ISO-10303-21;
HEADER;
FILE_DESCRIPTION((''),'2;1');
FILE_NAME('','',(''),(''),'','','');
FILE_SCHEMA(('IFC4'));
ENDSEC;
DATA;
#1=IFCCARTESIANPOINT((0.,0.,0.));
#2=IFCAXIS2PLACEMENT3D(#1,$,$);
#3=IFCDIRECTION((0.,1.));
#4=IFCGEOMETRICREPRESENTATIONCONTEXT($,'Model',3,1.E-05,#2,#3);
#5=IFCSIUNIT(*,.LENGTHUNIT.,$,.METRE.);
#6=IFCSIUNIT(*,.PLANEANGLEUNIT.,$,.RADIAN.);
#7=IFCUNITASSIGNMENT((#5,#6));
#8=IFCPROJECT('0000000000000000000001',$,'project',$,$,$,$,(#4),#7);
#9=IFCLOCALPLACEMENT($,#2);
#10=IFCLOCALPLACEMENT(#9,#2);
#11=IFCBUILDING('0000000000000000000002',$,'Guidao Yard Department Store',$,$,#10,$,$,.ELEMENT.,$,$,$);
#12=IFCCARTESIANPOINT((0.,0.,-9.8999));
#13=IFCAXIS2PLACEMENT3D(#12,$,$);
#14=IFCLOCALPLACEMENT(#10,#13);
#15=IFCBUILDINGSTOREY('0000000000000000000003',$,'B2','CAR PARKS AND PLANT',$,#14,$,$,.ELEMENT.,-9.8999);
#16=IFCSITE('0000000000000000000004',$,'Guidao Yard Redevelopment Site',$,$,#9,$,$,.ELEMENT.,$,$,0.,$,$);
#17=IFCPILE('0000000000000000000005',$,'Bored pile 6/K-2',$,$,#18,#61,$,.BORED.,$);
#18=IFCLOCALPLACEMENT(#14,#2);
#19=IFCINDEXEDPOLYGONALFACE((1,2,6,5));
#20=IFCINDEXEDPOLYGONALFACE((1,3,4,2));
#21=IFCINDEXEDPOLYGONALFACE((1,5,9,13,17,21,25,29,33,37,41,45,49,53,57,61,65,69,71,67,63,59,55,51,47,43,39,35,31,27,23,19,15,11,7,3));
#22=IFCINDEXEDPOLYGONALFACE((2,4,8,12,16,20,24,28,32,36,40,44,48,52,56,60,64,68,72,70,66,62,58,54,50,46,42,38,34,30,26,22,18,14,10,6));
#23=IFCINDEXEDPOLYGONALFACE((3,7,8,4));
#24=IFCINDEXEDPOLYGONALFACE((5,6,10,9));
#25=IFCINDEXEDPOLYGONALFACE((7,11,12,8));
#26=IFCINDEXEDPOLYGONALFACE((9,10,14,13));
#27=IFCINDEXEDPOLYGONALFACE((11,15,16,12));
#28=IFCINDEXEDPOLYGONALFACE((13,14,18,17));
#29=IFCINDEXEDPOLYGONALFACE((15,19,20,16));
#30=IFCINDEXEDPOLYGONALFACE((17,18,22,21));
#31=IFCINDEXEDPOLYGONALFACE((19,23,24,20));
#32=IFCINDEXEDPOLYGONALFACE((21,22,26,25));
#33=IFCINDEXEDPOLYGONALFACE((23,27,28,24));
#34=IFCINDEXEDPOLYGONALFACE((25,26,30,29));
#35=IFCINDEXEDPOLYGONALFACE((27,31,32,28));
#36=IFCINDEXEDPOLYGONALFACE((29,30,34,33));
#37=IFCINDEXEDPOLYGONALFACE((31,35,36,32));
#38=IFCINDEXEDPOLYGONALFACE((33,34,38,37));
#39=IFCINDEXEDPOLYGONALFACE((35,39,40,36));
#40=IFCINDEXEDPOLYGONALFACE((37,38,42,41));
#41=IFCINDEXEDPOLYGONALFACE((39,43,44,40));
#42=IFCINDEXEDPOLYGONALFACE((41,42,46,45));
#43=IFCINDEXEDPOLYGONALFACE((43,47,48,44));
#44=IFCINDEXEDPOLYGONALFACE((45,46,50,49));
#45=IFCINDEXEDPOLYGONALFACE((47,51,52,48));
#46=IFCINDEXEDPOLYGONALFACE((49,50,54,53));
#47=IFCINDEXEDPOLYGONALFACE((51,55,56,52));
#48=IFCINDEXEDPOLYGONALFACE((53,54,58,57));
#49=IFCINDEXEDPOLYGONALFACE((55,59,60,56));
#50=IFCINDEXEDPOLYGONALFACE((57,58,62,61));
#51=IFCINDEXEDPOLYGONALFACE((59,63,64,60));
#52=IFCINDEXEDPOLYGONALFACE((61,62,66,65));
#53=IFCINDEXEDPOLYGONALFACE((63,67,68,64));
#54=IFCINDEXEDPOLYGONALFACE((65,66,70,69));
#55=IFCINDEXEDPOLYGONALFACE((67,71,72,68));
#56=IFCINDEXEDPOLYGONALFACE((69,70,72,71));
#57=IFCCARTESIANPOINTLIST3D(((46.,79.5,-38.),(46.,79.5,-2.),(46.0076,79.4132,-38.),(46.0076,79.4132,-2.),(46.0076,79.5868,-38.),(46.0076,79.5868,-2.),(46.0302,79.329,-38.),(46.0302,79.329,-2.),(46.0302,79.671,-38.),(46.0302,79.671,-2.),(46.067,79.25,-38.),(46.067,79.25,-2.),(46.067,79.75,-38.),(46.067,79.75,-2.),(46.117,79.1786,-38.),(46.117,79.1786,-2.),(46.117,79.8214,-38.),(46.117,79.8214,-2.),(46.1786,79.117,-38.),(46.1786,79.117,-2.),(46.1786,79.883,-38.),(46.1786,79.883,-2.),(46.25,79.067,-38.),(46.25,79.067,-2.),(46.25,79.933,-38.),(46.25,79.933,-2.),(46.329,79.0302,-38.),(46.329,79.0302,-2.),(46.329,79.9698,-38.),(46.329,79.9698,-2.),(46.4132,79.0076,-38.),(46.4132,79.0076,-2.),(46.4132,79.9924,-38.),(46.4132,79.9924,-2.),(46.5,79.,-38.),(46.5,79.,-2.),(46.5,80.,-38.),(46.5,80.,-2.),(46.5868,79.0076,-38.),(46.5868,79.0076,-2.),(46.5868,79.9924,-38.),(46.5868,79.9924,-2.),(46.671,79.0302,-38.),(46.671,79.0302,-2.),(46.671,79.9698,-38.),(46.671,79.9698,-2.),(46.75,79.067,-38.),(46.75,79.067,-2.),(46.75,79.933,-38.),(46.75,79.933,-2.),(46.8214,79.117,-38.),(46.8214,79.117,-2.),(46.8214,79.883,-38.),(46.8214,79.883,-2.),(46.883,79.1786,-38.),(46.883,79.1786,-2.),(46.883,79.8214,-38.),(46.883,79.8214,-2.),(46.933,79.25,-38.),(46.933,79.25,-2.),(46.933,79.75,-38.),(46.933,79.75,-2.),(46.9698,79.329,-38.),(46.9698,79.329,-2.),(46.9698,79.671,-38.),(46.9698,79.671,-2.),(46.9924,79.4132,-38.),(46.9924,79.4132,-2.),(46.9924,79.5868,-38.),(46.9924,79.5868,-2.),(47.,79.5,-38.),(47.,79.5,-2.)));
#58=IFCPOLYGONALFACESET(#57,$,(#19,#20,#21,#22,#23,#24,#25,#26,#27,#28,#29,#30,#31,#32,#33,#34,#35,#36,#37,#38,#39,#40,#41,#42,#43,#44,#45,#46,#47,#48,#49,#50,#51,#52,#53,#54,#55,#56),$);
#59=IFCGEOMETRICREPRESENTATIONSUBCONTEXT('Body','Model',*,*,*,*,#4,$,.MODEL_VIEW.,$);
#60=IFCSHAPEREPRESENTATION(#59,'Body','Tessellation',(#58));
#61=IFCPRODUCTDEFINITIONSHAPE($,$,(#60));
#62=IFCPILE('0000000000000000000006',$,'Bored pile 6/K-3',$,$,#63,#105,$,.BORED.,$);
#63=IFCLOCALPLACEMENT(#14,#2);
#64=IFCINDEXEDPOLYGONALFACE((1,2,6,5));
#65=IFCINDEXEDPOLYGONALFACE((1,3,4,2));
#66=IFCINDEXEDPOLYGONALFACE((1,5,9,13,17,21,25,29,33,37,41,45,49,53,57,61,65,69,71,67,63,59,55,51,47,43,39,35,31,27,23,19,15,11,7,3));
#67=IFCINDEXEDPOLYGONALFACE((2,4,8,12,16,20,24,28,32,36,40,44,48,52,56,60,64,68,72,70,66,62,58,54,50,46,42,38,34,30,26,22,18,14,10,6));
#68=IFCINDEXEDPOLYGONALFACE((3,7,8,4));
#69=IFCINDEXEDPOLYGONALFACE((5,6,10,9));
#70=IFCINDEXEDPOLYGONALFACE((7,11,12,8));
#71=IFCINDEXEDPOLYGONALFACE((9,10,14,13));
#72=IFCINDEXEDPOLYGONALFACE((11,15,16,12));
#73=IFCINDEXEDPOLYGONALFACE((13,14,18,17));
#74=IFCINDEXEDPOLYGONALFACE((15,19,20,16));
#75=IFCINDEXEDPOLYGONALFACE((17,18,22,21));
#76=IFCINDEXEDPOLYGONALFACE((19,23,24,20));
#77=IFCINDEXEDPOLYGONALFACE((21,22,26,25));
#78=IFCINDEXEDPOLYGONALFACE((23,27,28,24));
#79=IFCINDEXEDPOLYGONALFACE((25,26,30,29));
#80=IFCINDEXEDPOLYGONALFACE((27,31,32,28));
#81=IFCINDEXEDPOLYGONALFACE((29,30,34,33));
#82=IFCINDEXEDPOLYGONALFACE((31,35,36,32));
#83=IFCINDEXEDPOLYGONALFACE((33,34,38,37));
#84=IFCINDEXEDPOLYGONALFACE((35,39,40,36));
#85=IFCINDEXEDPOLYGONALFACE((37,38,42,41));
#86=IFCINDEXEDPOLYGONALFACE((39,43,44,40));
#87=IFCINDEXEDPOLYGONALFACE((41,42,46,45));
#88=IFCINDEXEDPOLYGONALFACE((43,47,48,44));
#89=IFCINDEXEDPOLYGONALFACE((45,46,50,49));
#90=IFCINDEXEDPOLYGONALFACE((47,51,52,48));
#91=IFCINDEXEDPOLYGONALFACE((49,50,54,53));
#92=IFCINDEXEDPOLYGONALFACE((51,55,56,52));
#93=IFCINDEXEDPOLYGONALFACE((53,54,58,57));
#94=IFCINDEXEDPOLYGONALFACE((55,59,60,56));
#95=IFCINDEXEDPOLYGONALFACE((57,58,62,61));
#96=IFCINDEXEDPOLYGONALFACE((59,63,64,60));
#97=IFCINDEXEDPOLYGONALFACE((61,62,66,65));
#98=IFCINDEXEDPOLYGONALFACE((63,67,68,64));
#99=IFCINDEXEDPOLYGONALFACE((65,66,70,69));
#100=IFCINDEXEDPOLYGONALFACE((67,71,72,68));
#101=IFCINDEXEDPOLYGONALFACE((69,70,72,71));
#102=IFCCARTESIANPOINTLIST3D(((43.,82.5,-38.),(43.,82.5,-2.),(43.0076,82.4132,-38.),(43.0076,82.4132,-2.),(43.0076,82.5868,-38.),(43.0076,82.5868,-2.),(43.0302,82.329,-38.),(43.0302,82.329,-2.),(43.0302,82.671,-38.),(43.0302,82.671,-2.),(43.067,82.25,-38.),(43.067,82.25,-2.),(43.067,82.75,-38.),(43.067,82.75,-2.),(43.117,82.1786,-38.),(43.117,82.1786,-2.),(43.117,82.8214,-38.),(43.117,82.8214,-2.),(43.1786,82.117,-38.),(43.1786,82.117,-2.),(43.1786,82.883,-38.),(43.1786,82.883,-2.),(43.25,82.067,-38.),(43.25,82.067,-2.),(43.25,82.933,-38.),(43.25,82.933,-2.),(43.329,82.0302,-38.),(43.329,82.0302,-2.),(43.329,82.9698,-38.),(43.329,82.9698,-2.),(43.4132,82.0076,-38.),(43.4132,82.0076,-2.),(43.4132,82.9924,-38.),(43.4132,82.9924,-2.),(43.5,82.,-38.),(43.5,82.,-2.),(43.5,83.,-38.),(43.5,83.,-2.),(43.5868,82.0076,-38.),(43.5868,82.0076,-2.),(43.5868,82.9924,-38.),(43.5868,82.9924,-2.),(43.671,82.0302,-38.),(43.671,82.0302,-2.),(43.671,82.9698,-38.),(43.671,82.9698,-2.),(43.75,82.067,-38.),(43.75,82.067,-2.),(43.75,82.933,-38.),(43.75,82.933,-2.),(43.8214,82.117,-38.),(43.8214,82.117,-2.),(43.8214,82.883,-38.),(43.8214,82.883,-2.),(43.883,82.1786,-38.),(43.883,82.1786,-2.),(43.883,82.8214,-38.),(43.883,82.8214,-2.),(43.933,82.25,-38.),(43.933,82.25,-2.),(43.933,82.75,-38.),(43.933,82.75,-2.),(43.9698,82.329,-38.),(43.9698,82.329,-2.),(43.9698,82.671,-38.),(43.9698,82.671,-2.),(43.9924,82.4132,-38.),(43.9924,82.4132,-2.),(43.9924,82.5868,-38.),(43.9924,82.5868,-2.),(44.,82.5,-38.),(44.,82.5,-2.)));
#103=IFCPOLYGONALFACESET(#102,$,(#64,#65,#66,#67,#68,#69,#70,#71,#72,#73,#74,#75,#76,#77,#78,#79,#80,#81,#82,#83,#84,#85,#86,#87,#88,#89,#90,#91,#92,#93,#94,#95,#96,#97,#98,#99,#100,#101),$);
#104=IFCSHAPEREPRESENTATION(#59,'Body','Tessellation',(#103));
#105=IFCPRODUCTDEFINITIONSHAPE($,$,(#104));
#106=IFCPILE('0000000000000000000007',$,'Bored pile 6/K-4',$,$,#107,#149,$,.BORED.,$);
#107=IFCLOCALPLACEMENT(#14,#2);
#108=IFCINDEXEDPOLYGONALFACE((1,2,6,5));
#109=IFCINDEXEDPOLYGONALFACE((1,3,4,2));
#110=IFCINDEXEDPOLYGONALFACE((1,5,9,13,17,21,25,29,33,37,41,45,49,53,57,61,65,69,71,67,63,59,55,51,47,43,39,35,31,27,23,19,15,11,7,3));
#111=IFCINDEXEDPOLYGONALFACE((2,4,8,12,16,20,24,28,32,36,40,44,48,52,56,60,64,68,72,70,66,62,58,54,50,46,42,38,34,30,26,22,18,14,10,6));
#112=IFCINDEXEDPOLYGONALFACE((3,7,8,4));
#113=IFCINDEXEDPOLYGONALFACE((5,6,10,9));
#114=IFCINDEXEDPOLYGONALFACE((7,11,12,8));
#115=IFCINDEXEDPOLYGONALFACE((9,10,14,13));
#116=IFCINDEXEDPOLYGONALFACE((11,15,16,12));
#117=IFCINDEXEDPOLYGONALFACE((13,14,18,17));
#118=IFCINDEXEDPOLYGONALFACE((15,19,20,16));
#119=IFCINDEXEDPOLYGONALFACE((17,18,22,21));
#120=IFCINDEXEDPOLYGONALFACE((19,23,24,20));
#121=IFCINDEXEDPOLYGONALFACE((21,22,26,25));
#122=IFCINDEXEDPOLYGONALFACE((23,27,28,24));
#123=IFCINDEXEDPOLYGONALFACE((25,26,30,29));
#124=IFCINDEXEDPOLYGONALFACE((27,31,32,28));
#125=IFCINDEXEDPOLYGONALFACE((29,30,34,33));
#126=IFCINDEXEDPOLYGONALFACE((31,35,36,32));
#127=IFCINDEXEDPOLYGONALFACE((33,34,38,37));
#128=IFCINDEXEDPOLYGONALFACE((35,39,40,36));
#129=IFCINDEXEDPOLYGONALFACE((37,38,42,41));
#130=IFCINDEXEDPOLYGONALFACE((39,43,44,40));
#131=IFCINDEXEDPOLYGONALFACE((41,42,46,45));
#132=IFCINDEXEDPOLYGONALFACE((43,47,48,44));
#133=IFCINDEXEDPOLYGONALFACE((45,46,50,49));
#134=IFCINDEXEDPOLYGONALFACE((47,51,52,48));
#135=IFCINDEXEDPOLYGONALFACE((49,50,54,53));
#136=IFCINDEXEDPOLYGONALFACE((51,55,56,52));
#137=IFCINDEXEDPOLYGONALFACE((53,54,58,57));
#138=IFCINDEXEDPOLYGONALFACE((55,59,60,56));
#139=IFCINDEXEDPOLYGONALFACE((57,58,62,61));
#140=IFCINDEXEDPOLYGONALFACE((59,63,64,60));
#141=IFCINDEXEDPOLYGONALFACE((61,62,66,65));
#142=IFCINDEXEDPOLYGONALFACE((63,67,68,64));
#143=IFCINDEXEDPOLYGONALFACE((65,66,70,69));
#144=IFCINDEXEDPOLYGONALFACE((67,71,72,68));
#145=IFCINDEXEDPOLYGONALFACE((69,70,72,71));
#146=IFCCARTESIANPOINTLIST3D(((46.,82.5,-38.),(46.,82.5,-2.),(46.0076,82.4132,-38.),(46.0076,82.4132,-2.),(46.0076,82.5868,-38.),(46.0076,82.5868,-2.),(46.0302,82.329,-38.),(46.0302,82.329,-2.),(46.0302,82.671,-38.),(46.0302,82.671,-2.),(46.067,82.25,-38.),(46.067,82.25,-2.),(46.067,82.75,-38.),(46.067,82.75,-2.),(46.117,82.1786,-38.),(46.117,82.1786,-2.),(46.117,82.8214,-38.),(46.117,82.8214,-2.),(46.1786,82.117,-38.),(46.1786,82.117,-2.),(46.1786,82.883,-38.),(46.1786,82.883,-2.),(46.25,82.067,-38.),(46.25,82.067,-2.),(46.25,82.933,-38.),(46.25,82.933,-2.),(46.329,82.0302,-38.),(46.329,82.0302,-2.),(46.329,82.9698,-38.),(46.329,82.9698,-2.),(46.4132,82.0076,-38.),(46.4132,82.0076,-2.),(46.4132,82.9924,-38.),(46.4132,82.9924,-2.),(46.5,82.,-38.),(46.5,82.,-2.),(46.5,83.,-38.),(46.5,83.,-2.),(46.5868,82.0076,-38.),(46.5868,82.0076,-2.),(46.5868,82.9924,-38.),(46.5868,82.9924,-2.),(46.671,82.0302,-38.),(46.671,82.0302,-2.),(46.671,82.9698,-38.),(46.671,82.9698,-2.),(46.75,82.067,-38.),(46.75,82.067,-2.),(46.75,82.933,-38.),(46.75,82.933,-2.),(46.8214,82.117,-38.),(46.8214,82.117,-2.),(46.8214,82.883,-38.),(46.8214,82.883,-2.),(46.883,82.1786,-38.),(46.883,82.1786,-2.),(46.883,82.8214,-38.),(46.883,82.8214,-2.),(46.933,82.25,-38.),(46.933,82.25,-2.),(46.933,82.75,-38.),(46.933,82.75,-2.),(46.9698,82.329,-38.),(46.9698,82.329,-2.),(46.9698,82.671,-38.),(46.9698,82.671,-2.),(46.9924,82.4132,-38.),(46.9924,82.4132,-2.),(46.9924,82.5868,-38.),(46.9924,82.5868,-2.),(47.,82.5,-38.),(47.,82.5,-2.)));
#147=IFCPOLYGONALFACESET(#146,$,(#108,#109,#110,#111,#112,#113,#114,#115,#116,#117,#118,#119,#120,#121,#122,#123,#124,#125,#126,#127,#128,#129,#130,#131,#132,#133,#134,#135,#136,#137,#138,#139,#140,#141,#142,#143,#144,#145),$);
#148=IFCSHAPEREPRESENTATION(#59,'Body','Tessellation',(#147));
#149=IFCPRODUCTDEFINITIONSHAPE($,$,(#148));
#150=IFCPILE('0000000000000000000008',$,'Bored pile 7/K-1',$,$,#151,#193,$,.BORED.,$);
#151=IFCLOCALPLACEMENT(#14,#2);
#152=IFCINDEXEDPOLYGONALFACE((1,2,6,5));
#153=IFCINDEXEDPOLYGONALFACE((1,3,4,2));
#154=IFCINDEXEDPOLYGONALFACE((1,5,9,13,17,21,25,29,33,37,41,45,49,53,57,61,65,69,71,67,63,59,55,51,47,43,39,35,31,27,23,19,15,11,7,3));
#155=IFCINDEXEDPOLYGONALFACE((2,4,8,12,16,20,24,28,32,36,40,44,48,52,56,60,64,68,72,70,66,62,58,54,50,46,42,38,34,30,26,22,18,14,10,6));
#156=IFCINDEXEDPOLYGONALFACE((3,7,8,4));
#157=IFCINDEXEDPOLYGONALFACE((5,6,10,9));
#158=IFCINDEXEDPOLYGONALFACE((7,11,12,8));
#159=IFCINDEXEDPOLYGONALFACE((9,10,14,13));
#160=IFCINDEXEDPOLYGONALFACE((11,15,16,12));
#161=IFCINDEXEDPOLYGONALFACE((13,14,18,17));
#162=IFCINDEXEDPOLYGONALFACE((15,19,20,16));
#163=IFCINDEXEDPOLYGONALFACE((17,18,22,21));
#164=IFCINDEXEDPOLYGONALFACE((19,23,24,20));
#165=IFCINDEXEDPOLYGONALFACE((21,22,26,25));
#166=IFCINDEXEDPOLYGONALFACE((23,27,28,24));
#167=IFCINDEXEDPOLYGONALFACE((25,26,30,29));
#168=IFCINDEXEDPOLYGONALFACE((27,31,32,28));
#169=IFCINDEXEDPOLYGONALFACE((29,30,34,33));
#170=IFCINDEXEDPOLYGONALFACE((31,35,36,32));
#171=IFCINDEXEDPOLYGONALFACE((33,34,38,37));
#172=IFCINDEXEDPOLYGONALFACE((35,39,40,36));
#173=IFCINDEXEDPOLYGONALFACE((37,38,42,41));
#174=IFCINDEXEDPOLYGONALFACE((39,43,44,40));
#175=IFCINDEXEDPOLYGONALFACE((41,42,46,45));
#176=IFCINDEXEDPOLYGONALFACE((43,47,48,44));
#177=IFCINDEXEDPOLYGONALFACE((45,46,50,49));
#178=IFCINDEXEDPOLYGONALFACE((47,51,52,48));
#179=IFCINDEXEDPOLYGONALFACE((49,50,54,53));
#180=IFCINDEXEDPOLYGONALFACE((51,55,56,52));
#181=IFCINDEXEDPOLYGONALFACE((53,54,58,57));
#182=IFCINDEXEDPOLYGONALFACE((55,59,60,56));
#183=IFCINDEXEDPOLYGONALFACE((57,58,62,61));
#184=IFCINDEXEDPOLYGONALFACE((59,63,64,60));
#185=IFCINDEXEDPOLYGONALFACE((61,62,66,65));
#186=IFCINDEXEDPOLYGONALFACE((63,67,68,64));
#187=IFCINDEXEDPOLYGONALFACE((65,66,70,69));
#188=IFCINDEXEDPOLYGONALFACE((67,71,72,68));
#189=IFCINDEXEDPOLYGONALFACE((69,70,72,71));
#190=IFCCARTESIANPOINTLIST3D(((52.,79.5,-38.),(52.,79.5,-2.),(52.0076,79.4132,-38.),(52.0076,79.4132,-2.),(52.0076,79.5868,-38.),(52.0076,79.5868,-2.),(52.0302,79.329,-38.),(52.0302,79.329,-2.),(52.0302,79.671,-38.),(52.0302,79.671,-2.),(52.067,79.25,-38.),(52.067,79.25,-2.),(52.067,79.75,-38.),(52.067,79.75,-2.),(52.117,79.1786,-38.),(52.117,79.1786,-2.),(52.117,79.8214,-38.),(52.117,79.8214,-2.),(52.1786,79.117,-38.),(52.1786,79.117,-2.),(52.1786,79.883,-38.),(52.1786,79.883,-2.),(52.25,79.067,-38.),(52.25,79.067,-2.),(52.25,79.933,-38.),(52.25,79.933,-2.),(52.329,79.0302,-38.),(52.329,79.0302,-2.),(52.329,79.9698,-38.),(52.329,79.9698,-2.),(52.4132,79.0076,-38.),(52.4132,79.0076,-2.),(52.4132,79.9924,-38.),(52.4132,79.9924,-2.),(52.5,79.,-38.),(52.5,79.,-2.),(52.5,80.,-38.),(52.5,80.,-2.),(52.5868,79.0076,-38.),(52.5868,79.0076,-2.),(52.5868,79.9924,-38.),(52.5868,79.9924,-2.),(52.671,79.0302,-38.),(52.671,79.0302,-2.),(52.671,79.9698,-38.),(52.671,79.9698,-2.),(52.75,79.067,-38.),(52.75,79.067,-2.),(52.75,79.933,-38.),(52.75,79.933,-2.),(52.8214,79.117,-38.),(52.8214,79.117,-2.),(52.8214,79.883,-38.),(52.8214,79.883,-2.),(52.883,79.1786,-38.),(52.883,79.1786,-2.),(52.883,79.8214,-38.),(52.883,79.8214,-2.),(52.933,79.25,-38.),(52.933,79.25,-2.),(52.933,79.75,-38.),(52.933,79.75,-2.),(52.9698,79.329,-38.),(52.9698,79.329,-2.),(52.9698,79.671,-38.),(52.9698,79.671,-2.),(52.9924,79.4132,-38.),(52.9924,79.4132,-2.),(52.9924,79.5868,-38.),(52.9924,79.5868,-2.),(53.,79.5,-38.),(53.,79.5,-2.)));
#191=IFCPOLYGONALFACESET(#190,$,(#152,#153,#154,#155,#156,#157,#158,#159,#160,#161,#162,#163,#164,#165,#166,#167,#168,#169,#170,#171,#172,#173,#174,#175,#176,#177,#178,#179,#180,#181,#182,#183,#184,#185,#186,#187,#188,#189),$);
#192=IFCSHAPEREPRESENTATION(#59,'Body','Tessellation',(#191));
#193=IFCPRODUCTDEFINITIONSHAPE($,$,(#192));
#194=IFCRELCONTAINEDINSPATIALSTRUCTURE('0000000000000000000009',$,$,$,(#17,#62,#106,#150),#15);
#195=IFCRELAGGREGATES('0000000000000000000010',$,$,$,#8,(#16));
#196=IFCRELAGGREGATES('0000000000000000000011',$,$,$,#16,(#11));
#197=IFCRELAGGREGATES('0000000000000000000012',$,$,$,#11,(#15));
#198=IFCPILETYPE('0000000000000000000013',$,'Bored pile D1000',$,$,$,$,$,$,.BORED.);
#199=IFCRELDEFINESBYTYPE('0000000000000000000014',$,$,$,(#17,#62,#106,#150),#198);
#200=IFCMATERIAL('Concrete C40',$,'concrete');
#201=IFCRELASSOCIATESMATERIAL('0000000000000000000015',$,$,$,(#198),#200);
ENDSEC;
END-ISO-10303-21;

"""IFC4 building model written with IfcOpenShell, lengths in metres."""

from ifc_helpers import new_model, si_unit, direction, frame, origin, origin_2d, place, context, subcontext, project, spatial, circle, extrude, material, material_profile, profile_set, type_object, element, save


model = new_model("IFC4")

# Units and contexts
model_context = context("Model", 3, precision=1e-05, world=origin(), true_north=direction((0.0, 1.0)))
body_context = subcontext(model_context, "Body", "Model", "MODEL_VIEW")
ifc_project = project(units=[si_unit("LENGTHUNIT", "METRE"), si_unit("PLANEANGLEUNIT", "RADIAN")], contexts=[model_context])

# Site, building, storey
site_placement = place(None, origin())
site = spatial("IfcSite", under=ifc_project, at=site_placement, Name="Guidao Yard Redevelopment Site", CompositionType="ELEMENT", RefElevation=0.0)
building_placement = place(site_placement, origin())
building = spatial("IfcBuilding", under=site, at=building_placement, Name="Guidao Yard Department Store", CompositionType="ELEMENT")
storey_placement = place(building_placement, frame((0.0, 0.0, -9.8999)))
storey = spatial("IfcBuildingStorey", under=building, at=storey_placement, Name="B2", Description="CAR PARKS AND PLANT", CompositionType="ELEMENT", Elevation=-9.8999)

# Piles
ifc_material_1 = material(Name="Concrete C40", Category="concrete")
ifc_material_profile_1 = material_profile(ifc_material_1, circle(Radius=0.5, at=origin_2d()), Name="Bored pile D1000")
ifc_profile_set_1 = profile_set([ifc_material_profile_1], Name="Concrete C40")
pile_type = type_object("IfcPileType", Name="Bored pile D1000", PredefinedType="BORED", material=ifc_profile_set_1)
for number, where, z_axis, x_axis, name in (
    (1, (46.5, 79.5, -2.0), (0.0, 0.0, -1.0), (1.0, 0.0, 0.0), "Bored pile 6/K-2"),
    (2, (43.5, 82.5, -2.0), (0.0, 0.0, -1.0), (1.0, 0.0, 0.0), "Bored pile 6/K-3"),
    (3, (46.5, 82.5, -2.0), (0.0, 0.0, -1.0), (1.0, 0.0, 0.0), "Bored pile 6/K-4"),
    (4, (52.5, 79.5, -2.0), (0.0, 0.0, -1.0), (1.0, 0.0, 0.0), "Bored pile 7/K-1"),
):
    element("IfcPile", number, at=place(storey_placement, frame(where, z_axis=z_axis, x_axis=x_axis)), inside=storey, type_object=pile_type, Name=name, PredefinedType="BORED", context=body_context, shape_type="SweptSolid", body=[
        extrude(circle(Radius=0.5, at=origin_2d()), origin(), (0.0, 0.0, 1.0), 36.0),
    ])

save(model, "model.ifc")
